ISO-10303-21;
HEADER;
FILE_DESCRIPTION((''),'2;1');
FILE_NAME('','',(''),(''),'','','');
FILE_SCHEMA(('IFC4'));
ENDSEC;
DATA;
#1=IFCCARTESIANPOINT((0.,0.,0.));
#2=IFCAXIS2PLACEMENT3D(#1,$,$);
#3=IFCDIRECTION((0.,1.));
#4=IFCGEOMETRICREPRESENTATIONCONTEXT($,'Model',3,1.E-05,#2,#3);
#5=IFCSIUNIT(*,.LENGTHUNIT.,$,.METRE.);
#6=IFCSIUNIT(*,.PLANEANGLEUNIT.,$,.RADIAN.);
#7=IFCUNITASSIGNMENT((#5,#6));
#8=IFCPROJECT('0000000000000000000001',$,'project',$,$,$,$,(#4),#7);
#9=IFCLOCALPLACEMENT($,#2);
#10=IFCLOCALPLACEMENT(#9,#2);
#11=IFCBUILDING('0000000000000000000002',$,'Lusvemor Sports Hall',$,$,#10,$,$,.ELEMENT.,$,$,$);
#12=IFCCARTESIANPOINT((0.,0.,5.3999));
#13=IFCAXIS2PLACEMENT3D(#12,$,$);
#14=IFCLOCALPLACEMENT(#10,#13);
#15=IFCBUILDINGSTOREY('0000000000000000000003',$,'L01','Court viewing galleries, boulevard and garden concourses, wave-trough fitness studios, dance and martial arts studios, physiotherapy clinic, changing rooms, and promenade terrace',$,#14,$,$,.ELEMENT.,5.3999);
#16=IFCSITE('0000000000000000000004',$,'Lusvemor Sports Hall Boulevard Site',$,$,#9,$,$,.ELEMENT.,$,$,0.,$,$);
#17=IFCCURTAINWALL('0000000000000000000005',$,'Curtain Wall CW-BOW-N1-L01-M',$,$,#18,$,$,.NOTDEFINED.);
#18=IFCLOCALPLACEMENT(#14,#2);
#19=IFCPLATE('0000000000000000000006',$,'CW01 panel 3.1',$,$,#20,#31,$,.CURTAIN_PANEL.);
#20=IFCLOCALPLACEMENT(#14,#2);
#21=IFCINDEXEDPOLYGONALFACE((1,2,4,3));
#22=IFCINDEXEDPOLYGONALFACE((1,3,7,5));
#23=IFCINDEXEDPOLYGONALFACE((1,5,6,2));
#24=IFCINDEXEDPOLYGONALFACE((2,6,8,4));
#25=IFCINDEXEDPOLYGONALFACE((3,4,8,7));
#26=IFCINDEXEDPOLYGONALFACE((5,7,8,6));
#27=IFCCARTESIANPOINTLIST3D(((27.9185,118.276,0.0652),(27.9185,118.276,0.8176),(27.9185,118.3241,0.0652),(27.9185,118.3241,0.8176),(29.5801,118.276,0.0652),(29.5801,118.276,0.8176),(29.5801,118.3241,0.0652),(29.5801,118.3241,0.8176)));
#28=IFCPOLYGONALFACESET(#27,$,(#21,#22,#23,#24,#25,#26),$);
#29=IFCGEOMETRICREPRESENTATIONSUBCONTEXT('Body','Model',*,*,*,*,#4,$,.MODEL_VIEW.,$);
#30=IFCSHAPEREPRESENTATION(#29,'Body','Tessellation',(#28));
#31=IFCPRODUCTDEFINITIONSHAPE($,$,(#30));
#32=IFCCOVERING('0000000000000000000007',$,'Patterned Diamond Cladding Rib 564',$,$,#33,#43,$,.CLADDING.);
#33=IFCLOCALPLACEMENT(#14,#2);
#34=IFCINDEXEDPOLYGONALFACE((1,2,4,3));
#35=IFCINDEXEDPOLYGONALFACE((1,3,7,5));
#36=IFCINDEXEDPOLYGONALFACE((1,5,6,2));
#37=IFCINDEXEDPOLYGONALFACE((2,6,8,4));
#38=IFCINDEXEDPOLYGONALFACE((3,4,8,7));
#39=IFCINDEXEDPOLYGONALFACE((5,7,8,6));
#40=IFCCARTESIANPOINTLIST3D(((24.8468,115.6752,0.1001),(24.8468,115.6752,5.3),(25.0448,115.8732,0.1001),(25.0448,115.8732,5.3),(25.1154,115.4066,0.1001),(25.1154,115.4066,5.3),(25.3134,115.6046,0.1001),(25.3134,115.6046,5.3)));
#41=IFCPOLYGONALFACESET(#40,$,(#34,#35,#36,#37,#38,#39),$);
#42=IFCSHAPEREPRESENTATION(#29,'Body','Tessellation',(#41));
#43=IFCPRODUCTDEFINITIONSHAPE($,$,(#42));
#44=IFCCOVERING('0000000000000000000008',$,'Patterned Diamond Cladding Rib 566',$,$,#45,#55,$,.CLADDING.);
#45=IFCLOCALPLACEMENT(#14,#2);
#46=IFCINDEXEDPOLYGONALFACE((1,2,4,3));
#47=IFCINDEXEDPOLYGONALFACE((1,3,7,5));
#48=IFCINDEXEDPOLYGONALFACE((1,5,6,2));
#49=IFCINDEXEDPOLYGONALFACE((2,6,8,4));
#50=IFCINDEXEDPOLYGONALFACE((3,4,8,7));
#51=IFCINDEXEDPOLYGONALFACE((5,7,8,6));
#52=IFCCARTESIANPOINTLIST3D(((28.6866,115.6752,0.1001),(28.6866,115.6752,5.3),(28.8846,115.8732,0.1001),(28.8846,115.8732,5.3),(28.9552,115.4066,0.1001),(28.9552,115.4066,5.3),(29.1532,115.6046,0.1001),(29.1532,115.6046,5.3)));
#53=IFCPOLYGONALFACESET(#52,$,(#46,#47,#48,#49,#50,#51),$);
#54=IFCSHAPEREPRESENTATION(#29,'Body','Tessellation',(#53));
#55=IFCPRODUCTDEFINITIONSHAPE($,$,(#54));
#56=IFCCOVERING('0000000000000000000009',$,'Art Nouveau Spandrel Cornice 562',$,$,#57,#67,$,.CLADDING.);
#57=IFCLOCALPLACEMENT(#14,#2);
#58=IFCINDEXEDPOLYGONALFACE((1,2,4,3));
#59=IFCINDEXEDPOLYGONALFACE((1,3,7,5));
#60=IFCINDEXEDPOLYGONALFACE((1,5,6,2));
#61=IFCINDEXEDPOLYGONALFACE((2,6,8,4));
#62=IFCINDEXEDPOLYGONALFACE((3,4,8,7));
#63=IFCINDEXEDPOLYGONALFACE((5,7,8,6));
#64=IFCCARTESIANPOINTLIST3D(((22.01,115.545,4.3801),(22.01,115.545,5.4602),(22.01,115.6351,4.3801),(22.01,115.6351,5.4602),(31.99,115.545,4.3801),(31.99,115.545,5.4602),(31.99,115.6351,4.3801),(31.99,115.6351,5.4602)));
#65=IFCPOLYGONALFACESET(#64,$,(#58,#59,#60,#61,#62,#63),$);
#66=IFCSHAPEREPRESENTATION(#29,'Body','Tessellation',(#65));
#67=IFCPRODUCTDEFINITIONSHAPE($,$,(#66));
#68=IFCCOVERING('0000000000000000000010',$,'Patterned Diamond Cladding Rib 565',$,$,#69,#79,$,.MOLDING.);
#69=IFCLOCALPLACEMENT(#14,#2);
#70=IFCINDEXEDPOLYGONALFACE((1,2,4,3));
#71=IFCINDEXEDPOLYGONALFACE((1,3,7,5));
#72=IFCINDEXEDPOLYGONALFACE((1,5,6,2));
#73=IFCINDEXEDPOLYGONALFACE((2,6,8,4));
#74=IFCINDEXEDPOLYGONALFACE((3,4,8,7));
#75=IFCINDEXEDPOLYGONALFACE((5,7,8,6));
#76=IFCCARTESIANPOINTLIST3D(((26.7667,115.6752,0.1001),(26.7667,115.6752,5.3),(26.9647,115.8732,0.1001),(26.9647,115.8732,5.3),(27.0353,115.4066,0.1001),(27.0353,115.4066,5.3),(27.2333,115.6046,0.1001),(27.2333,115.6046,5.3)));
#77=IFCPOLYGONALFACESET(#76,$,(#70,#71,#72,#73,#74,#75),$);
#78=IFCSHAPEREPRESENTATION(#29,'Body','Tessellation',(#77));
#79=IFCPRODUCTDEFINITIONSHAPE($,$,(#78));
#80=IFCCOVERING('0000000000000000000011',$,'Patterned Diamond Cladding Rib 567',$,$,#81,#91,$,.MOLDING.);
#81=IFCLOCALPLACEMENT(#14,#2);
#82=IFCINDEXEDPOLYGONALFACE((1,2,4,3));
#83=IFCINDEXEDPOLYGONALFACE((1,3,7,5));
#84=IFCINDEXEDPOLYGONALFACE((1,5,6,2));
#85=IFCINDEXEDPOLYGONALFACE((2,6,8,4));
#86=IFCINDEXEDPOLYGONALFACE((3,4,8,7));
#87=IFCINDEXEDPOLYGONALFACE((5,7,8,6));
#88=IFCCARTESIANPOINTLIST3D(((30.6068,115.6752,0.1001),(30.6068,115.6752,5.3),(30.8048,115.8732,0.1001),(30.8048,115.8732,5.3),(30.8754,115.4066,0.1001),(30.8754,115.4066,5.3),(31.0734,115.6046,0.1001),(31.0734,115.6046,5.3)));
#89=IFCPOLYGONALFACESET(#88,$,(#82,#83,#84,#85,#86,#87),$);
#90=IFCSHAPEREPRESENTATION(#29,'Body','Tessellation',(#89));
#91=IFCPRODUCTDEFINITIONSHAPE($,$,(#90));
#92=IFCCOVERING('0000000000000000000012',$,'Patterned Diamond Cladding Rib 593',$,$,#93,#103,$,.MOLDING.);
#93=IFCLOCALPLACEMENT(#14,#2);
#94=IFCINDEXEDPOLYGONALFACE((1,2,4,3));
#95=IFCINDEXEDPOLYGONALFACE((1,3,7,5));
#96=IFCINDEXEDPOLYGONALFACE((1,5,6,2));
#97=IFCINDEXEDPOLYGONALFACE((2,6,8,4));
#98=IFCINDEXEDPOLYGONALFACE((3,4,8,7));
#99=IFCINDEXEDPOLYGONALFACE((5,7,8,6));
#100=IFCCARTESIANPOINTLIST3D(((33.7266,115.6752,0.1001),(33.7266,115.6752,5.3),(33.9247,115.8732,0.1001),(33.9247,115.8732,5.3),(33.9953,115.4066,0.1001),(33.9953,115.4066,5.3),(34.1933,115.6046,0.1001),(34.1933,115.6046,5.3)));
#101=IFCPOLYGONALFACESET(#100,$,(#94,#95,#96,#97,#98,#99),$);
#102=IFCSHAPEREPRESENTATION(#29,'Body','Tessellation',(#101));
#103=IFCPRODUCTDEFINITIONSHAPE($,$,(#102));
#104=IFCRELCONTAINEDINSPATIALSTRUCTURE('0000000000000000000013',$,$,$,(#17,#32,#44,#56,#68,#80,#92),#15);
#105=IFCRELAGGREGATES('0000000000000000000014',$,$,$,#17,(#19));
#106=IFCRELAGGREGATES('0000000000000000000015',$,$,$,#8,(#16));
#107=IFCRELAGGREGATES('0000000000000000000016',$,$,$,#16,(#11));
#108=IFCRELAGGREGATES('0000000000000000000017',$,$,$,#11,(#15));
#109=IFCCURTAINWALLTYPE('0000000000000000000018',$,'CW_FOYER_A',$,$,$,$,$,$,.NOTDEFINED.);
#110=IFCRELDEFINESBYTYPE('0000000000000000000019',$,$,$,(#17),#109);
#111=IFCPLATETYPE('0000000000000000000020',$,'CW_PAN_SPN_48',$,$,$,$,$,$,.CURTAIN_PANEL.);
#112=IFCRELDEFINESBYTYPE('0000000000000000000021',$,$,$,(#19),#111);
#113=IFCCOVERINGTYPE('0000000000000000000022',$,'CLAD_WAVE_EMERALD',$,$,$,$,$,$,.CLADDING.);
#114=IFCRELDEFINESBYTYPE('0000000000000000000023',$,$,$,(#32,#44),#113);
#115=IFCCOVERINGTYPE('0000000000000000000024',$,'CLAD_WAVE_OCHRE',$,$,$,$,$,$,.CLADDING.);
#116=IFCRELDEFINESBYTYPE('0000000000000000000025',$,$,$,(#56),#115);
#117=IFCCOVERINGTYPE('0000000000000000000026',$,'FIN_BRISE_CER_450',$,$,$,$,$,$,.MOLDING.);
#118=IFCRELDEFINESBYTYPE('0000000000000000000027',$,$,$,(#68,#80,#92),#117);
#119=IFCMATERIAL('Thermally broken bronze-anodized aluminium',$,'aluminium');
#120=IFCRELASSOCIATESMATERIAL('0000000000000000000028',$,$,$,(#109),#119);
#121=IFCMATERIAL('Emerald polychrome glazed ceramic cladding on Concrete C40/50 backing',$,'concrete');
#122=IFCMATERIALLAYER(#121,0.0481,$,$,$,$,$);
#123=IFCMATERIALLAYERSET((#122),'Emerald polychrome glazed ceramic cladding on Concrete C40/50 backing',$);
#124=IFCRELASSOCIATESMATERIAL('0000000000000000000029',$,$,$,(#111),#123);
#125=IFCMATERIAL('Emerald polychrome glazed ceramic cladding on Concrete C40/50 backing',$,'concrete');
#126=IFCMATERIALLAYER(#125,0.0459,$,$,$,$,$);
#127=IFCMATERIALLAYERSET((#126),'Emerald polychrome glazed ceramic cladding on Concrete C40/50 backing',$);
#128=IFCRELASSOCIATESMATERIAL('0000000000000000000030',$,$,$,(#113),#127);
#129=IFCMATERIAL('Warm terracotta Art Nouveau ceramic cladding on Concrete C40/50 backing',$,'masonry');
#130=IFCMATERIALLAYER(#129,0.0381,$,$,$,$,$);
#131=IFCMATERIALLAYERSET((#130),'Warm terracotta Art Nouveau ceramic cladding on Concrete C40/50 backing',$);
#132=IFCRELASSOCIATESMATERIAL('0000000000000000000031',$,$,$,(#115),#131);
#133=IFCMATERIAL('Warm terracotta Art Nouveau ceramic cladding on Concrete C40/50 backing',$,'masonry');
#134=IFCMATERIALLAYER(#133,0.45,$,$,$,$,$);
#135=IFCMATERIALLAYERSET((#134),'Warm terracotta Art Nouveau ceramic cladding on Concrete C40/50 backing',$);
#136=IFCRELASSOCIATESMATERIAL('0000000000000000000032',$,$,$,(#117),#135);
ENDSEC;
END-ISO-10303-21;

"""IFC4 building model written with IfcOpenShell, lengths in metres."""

from ifc_helpers import new_model, si_unit, direction, frame, origin, origin_2d, place, context, subcontext, project, spatial, rectangle, extrude, material, layer, layer_set, type_object, element, aggregate, save


model = new_model("IFC4")

# Units and contexts
model_context = context("Model", 3, precision=1e-05, world=origin(), true_north=direction((0.0, 1.0)))
body_context = subcontext(model_context, "Body", "Model", "MODEL_VIEW")
ifc_project = project(units=[si_unit("LENGTHUNIT", "METRE"), si_unit("PLANEANGLEUNIT", "RADIAN")], contexts=[model_context])

# Site, building, storey
site_placement = place(None, origin())
site = spatial("IfcSite", under=ifc_project, at=site_placement, Name="Lusvemor Sports Hall Boulevard Site", CompositionType="ELEMENT", RefElevation=0.0)
building_placement = place(site_placement, origin())
building = spatial("IfcBuilding", under=site, at=building_placement, Name="Lusvemor Sports Hall", CompositionType="ELEMENT")
storey_placement = place(building_placement, frame((0.0, 0.0, 5.3999)))
storey = spatial("IfcBuildingStorey", under=building, at=storey_placement, Name="L01", Description="Court viewing galleries, boulevard and garden concourses, wave-trough fitness studios, dance and martial arts studios, physiotherapy clinic, changing rooms, and promenade terrace", CompositionType="ELEMENT", Elevation=5.3999)

# Curtain wall
ifc_material_1 = material(Name="Thermally broken bronze-anodized aluminium", Category="aluminium")
curtain_wall_type_1 = type_object("IfcCurtainWallType", Name="CW_FOYER_A", PredefinedType="NOTDEFINED", material=ifc_material_1)
curtain_wall_1_placement = place(storey_placement, origin())
curtain_wall_1 = element("IfcCurtainWall", 1, at=curtain_wall_1_placement, inside=storey, type_object=curtain_wall_type_1, Name="Curtain Wall CW-BOW-N1-L01-M", PredefinedType="NOTDEFINED")

# Plate
ifc_material_2 = material(Name="Emerald polychrome glazed ceramic cladding on Concrete C40/50 backing", Category="concrete")
ifc_layer_1 = layer(ifc_material_2, 0.0481)
ifc_layer_set_1 = layer_set([ifc_layer_1], Name="Emerald polychrome glazed ceramic cladding on Concrete C40/50 backing")
plate_type_1 = type_object("IfcPlateType", Name="CW_PAN_SPN_48", PredefinedType="CURTAIN_PANEL", material=ifc_layer_set_1)
plate_1_placement = place(storey_placement, frame((28.7493, 118.3, 0.0652), z_axis=(0.0, 0.0, 1.0), x_axis=(1.0, 0.0, 0.0)))
plate_1 = element("IfcPlate", 2, at=plate_1_placement, type_object=plate_type_1, Name="CW01 panel 3.1", PredefinedType="CURTAIN_PANEL", context=body_context, shape_type="SweptSolid", body=[
    extrude(rectangle(XDim=1.6616, YDim=0.0481, at=origin_2d()), origin(), (0.0, 0.0, 1.0), 0.7524),
])
aggregate(curtain_wall_1, [plate_1])

# Coverings
ifc_material_3 = material(Name="Emerald polychrome glazed ceramic cladding on Concrete C40/50 backing", Category="concrete")
ifc_layer_2 = layer(ifc_material_3, 0.0459)
ifc_layer_set_2 = layer_set([ifc_layer_2], Name="Emerald polychrome glazed ceramic cladding on Concrete C40/50 backing")
covering_type_1 = type_object("IfcCoveringType", Name="CLAD_WAVE_EMERALD", PredefinedType="CLADDING", material=ifc_layer_set_2)
for number, where, z_axis, x_axis, name in (
    (3, (25.0801, 115.6399, 0.1001), (0.0, 0.0, 1.0), (0.707107, 0.707107, 0.0), "Patterned Diamond Cladding Rib 564"),
    (4, (28.9199, 115.6399, 0.1001), (0.0, 0.0, 1.0), (0.707107, 0.707107, 0.0), "Patterned Diamond Cladding Rib 566"),
):
    element("IfcCovering", number, at=place(storey_placement, frame(where, z_axis=z_axis, x_axis=x_axis)), inside=storey, type_object=covering_type_1, Name=name, PredefinedType="CLADDING", context=body_context, shape_type="SweptSolid", body=[
        extrude(rectangle(XDim=0.28, YDim=0.3799, at=origin_2d()), origin(), (0.0, 0.0, 1.0), 5.2),
    ])
ifc_material_4 = material(Name="Warm terracotta Art Nouveau ceramic cladding on Concrete C40/50 backing", Category="masonry")
ifc_layer_3 = layer(ifc_material_4, 0.0381)
ifc_layer_set_3 = layer_set([ifc_layer_3], Name="Warm terracotta Art Nouveau ceramic cladding on Concrete C40/50 backing")
covering_type_2 = type_object("IfcCoveringType", Name="CLAD_WAVE_OCHRE", PredefinedType="CLADDING", material=ifc_layer_set_3)
covering_placement = place(storey_placement, frame((27.0, 115.5901, 4.3801), z_axis=(0.0, 0.0, 1.0), x_axis=(1.0, 0.0, 0.0)))
element("IfcCovering", 5, at=covering_placement, inside=storey, type_object=covering_type_2, Name="Art Nouveau Spandrel Cornice 562", PredefinedType="CLADDING", context=body_context, shape_type="SweptSolid", body=[
    extrude(rectangle(XDim=9.98, YDim=0.0901, at=origin_2d()), origin(), (0.0, 0.0, 1.0), 1.0801),
])
ifc_material_5 = material(Name="Warm terracotta Art Nouveau ceramic cladding on Concrete C40/50 backing", Category="masonry")
ifc_layer_4 = layer(ifc_material_5, 0.45)
ifc_layer_set_4 = layer_set([ifc_layer_4], Name="Warm terracotta Art Nouveau ceramic cladding on Concrete C40/50 backing")
covering_type_3 = type_object("IfcCoveringType", Name="FIN_BRISE_CER_450", PredefinedType="MOLDING", material=ifc_layer_set_4)
for number, where, z_axis, x_axis, name in (
    (6, (27.0, 115.6399, 0.1001), (0.0, 0.0, 1.0), (0.707107, 0.707107, 0.0), "Patterned Diamond Cladding Rib 565"),
    (7, (30.8401, 115.6399, 0.1001), (0.0, 0.0, 1.0), (0.707107, 0.707107, 0.0), "Patterned Diamond Cladding Rib 567"),
    (8, (33.96, 115.6399, 0.1001), (0.0, 0.0, 1.0), (0.707107, 0.707107, 0.0), "Patterned Diamond Cladding Rib 593"),
):
    element("IfcCovering", number, at=place(storey_placement, frame(where, z_axis=z_axis, x_axis=x_axis)), inside=storey, type_object=covering_type_3, Name=name, PredefinedType="MOLDING", context=body_context, shape_type="SweptSolid", body=[
        extrude(rectangle(XDim=0.28, YDim=0.3799, at=origin_2d()), origin(), (0.0, 0.0, 1.0), 5.2),
    ])

save(model, "model.ifc")
